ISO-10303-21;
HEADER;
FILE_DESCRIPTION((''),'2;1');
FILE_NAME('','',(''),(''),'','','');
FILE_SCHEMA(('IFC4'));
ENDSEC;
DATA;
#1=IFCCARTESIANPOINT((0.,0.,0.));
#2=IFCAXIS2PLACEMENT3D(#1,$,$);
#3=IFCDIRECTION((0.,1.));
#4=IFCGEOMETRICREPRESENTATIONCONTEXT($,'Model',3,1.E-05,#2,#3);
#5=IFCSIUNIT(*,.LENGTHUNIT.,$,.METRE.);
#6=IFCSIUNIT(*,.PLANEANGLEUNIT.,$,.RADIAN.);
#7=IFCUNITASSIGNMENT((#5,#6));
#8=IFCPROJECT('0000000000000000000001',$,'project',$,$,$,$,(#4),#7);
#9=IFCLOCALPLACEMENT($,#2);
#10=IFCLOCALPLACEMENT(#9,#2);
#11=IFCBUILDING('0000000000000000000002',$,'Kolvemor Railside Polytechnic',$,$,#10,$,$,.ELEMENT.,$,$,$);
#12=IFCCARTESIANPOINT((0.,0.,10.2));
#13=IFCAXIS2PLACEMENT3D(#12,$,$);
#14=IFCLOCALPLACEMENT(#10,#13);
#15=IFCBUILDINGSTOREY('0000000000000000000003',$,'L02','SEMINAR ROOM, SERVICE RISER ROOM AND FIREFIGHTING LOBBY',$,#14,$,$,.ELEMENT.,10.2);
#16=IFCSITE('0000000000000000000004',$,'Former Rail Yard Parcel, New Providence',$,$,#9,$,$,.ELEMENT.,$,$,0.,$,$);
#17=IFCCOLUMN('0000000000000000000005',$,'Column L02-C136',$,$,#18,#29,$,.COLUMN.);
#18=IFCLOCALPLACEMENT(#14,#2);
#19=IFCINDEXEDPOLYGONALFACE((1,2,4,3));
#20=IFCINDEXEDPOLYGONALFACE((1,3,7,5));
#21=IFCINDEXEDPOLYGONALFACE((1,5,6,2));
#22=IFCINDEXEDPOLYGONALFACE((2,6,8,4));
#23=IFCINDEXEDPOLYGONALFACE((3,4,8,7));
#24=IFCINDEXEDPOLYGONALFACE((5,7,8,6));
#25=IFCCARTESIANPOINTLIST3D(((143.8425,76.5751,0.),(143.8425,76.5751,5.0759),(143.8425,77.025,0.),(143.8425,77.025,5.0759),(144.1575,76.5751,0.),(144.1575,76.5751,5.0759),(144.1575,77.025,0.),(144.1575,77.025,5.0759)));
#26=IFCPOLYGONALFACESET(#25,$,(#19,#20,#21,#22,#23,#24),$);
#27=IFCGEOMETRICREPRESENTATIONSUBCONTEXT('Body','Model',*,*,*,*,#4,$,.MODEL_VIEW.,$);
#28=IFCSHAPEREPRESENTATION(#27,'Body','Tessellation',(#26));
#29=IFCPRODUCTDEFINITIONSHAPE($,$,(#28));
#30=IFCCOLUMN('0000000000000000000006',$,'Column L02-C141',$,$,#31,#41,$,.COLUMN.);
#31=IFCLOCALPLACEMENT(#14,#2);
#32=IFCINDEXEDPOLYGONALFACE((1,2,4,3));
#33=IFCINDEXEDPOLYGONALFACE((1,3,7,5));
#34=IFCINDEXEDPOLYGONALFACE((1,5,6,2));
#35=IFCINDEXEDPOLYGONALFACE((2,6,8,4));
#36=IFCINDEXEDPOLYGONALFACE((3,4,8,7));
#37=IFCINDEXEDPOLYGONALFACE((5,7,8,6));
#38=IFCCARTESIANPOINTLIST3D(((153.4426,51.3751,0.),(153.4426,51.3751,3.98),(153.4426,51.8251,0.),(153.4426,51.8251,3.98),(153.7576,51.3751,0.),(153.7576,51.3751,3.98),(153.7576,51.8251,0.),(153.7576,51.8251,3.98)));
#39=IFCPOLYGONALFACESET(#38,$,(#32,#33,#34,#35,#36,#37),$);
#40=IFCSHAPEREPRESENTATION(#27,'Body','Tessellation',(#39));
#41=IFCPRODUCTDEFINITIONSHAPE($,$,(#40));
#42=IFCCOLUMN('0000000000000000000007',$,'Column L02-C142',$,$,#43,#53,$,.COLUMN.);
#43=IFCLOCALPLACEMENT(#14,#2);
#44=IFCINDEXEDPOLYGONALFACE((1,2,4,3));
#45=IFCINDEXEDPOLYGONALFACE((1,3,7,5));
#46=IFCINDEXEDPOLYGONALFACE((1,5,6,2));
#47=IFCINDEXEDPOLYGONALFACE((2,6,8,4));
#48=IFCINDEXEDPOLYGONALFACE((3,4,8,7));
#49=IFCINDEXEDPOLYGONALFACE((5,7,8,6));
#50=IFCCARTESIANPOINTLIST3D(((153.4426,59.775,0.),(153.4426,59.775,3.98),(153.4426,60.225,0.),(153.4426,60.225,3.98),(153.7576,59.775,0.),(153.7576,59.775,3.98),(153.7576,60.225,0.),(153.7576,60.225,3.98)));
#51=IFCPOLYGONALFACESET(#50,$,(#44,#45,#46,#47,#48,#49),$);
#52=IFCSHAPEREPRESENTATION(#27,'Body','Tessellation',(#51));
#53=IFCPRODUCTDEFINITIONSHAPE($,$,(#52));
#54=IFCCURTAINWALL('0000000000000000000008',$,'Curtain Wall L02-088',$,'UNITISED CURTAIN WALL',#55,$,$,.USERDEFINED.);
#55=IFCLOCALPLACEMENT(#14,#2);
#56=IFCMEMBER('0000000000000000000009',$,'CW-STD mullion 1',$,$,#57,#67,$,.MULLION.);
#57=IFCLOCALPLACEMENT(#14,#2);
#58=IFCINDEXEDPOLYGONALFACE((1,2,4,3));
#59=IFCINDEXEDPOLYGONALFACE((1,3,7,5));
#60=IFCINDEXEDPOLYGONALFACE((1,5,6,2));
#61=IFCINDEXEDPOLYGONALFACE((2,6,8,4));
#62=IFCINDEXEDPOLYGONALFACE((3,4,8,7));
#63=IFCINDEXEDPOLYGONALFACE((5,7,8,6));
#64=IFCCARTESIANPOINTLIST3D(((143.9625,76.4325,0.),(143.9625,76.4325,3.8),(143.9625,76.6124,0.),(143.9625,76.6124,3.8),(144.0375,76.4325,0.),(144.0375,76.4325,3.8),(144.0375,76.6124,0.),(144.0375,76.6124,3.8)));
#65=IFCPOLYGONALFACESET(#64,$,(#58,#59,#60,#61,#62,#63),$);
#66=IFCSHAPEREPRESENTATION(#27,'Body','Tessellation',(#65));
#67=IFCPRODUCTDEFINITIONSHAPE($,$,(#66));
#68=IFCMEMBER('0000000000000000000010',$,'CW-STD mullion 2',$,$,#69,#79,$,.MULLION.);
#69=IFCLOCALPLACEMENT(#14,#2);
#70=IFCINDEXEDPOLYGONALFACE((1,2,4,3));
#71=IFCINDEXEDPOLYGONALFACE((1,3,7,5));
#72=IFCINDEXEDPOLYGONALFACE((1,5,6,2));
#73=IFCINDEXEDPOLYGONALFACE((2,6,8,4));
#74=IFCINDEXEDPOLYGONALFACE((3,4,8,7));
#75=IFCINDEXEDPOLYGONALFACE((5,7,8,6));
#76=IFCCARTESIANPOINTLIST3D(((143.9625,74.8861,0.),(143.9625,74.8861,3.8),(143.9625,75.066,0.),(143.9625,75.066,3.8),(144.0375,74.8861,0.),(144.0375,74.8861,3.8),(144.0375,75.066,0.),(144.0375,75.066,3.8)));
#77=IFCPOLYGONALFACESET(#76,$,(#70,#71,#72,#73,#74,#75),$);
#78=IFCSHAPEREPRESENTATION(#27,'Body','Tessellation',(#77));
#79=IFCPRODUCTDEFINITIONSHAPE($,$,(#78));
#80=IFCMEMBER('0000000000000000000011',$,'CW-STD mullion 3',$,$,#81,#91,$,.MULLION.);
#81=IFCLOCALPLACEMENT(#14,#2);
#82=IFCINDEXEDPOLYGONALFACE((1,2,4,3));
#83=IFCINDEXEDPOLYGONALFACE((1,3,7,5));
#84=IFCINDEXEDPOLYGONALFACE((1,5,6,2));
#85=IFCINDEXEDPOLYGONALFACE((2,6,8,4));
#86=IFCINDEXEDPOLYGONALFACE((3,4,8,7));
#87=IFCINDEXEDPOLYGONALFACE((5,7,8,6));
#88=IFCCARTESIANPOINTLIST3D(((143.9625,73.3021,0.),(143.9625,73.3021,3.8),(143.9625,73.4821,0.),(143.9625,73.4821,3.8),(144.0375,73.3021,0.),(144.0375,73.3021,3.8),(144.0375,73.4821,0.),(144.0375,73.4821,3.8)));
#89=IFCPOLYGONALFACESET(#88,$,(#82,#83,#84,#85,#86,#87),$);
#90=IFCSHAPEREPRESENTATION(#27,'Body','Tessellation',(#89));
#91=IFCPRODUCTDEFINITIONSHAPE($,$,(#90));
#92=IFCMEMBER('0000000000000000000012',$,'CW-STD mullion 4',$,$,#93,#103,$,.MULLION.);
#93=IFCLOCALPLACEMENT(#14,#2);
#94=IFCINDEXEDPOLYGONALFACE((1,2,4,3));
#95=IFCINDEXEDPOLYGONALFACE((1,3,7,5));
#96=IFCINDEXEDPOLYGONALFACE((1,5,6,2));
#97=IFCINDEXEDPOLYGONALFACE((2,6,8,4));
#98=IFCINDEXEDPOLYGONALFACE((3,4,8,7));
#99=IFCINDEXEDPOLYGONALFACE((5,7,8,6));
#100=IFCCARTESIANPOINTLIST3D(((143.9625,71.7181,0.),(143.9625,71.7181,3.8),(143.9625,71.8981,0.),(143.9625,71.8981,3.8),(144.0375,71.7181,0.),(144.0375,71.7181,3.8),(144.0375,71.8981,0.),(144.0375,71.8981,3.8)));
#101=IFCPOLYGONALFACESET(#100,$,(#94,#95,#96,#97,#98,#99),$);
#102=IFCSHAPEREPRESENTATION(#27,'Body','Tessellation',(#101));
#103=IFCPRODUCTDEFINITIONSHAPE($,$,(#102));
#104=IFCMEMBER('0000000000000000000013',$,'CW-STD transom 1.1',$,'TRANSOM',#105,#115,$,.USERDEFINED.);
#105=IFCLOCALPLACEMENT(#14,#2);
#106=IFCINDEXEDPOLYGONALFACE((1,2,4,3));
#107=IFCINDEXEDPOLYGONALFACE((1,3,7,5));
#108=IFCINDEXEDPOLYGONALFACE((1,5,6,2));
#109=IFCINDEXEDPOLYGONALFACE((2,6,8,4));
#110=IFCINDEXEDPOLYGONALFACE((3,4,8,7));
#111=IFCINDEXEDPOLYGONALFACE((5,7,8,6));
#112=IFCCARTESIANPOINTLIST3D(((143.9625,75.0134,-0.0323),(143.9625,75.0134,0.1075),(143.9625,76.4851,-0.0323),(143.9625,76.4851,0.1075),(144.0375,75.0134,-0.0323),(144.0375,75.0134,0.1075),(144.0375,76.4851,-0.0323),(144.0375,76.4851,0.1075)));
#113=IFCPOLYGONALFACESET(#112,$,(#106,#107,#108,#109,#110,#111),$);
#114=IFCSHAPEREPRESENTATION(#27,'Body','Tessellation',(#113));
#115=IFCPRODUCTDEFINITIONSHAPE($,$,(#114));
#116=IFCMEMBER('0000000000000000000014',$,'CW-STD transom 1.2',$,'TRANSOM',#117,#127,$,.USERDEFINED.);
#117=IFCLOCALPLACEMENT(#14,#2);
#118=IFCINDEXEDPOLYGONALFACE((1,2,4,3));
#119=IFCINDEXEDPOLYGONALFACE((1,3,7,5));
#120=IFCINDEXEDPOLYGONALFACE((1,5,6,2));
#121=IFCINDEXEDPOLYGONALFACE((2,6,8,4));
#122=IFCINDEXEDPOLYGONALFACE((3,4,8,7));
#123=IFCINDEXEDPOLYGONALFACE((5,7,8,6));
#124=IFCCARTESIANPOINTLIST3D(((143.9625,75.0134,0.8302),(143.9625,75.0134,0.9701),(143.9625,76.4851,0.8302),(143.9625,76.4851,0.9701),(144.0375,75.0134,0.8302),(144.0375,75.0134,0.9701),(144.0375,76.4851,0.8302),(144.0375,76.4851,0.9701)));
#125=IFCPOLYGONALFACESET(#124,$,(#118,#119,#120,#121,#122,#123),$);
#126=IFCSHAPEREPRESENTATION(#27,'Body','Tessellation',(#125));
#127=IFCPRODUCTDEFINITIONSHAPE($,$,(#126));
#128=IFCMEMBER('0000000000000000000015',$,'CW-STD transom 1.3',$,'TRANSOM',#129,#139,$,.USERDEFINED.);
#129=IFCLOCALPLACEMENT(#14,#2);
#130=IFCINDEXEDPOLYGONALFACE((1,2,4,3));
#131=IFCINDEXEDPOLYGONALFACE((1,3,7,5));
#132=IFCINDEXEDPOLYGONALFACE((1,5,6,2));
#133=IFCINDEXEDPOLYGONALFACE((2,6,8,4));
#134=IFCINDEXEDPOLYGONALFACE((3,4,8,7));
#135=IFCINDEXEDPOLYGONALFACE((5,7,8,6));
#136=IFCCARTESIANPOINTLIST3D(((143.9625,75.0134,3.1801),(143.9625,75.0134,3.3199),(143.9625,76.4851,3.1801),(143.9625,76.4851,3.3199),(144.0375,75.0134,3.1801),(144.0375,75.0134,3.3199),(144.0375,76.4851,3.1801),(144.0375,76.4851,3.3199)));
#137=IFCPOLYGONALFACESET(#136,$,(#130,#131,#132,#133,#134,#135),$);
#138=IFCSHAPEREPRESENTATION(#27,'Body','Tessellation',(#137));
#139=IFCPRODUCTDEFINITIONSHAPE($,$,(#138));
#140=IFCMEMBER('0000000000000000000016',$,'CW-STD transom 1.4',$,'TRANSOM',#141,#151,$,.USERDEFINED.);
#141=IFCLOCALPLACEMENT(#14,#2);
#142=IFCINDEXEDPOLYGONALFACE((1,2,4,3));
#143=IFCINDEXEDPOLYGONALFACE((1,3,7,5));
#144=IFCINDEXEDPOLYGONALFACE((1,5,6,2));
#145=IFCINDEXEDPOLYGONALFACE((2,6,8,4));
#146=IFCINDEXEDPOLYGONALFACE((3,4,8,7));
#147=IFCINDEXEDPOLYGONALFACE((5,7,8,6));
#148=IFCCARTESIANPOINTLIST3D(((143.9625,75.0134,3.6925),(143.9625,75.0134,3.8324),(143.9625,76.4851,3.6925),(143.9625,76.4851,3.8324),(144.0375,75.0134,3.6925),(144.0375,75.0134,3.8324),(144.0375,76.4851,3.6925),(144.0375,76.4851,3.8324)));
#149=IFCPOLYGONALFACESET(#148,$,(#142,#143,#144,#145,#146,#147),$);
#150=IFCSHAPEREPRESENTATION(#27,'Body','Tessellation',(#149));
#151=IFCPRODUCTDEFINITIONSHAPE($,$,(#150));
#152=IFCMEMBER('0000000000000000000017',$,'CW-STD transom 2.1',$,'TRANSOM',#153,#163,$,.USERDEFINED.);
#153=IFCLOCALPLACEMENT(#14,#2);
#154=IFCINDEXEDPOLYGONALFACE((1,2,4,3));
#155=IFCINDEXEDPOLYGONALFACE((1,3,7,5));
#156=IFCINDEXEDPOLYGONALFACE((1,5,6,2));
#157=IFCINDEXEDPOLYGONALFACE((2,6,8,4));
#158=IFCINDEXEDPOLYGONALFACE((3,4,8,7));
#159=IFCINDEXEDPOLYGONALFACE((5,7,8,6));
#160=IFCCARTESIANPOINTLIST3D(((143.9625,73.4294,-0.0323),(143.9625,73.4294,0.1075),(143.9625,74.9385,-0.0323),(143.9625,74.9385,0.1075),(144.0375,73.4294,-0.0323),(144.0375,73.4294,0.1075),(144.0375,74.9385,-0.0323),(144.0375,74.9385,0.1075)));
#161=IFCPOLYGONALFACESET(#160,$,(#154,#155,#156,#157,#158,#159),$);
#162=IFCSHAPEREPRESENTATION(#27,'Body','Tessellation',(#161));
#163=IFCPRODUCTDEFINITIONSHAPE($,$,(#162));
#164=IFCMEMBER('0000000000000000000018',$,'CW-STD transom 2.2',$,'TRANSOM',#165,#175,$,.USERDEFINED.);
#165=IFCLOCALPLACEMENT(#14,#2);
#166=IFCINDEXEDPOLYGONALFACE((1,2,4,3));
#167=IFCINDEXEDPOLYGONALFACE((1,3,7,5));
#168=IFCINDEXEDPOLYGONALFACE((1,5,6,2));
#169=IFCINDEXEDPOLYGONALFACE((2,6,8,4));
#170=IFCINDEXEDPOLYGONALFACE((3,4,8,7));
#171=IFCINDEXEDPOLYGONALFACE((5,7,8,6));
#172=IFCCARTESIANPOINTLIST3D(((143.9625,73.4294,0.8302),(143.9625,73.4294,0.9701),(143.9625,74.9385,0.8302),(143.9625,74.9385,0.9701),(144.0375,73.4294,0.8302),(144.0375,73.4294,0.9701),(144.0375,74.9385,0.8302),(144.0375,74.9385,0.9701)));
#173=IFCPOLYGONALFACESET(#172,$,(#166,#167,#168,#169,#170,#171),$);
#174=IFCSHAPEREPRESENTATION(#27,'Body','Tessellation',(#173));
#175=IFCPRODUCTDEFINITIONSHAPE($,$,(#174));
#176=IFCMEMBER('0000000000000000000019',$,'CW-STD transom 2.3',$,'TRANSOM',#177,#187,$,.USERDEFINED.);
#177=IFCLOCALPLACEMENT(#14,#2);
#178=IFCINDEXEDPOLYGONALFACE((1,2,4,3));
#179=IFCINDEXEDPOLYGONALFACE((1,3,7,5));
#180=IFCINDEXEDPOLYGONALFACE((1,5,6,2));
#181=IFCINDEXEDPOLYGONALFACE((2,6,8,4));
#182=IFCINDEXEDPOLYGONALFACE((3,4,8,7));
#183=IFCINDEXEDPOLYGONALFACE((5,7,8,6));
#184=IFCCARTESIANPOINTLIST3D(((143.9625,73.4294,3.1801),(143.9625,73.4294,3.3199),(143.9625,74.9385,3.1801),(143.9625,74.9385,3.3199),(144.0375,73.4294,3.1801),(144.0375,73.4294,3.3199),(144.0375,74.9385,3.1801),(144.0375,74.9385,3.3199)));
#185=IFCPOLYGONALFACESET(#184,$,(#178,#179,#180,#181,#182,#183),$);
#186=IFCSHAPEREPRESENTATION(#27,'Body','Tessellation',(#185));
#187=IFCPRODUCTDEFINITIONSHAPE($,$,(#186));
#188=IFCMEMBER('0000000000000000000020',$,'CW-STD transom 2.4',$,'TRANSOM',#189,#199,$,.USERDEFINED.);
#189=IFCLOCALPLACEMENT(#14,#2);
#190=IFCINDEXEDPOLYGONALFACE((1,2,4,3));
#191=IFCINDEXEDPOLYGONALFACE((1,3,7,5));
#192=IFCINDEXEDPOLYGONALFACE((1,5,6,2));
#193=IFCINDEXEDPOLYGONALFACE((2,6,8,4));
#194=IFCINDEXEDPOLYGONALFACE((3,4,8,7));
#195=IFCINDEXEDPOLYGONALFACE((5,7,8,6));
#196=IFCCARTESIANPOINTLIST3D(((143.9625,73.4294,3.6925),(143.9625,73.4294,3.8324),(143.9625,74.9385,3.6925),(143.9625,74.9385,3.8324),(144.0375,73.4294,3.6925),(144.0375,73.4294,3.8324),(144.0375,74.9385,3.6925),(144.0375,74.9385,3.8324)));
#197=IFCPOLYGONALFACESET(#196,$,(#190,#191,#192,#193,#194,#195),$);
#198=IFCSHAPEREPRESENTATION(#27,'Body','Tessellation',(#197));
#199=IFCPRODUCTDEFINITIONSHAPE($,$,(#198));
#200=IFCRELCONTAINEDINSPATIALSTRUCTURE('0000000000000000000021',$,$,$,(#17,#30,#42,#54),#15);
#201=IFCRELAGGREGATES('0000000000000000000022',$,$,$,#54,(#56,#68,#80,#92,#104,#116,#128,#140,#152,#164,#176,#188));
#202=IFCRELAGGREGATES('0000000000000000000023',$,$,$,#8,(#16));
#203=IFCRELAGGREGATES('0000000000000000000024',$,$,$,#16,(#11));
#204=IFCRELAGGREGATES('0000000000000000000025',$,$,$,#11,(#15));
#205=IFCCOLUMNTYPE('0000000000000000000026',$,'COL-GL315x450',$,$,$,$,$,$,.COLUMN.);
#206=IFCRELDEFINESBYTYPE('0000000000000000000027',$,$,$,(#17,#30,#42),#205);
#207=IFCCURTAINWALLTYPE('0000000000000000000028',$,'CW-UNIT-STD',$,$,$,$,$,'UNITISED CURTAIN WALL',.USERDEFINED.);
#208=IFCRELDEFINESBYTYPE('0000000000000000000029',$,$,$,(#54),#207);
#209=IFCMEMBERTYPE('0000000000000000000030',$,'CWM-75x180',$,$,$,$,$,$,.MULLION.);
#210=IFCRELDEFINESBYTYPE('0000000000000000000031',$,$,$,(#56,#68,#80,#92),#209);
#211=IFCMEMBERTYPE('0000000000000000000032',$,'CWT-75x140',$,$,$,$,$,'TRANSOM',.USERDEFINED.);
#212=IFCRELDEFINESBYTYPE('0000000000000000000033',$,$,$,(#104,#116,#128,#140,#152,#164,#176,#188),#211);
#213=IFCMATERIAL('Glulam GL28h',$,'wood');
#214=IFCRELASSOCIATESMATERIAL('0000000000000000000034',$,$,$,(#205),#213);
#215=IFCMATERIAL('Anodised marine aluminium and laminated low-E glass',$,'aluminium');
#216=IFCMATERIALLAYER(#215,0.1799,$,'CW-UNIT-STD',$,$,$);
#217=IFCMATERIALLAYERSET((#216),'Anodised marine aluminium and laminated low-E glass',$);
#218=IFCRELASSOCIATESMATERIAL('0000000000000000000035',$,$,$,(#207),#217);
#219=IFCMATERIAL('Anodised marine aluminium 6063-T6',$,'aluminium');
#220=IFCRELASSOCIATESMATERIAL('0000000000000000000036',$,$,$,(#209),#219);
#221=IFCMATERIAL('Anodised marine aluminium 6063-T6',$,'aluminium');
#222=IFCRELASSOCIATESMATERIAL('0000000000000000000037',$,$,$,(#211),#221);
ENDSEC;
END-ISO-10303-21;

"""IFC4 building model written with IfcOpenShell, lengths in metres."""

from ifc_helpers import new_model, si_unit, direction, frame, origin, origin_2d, place, context, subcontext, project, spatial, rectangle, extrude, material, layer, layer_set, material_profile, profile_set, type_object, element, aggregate, save


model = new_model("IFC4")

# Units and contexts
model_context = context("Model", 3, precision=1e-05, world=origin(), true_north=direction((0.0, 1.0)))
body_context = subcontext(model_context, "Body", "Model", "MODEL_VIEW")
ifc_project = project(units=[si_unit("LENGTHUNIT", "METRE"), si_unit("PLANEANGLEUNIT", "RADIAN")], contexts=[model_context])

# Site, building, storey
site_placement = place(None, origin())
site = spatial("IfcSite", under=ifc_project, at=site_placement, Name="Former Rail Yard Parcel, New Providence", CompositionType="ELEMENT", RefElevation=0.0)
building_placement = place(site_placement, origin())
building = spatial("IfcBuilding", under=site, at=building_placement, Name="Kolvemor Railside Polytechnic", CompositionType="ELEMENT")
storey_placement = place(building_placement, frame((0.0, 0.0, 10.2)))
storey = spatial("IfcBuildingStorey", under=building, at=storey_placement, Name="L02", Description="SEMINAR ROOM, SERVICE RISER ROOM AND FIREFIGHTING LOBBY", CompositionType="ELEMENT", Elevation=10.2)

# Columns
ifc_material_1 = material(Name="Glulam GL28h", Category="wood")
ifc_material_profile_1 = material_profile(ifc_material_1, rectangle(XDim=0.3149, YDim=0.45, at=origin_2d()), Name="GL315x450")
ifc_profile_set_1 = profile_set([ifc_material_profile_1], Name="Glulam GL28h")
column_type = type_object("IfcColumnType", Name="COL-GL315x450", PredefinedType="COLUMN", material=ifc_profile_set_1)
column_placement = place(storey_placement, frame((144.0, 76.8, 0.0), z_axis=(0.0, 0.0, 1.0), x_axis=(1.0, 0.0, 0.0)))
element("IfcColumn", 1, at=column_placement, inside=storey, type_object=column_type, Name="Column L02-C136", PredefinedType="COLUMN", context=body_context, shape_type="SweptSolid", body=[
    extrude(rectangle(XDim=0.3149, YDim=0.45, at=origin_2d()), origin(), (0.0, 0.0, 1.0), 5.0759),
])
for number, where, z_axis, x_axis, name in (
    (2, (153.6001, 51.6001, 0.0), (0.0, 0.0, 1.0), (1.0, 0.0, 0.0), "Column L02-C141"),
    (3, (153.6001, 60.0, 0.0), (0.0, 0.0, 1.0), (1.0, 0.0, 0.0), "Column L02-C142"),
):
    element("IfcColumn", number, at=place(storey_placement, frame(where, z_axis=z_axis, x_axis=x_axis)), inside=storey, type_object=column_type, Name=name, PredefinedType="COLUMN", context=body_context, shape_type="SweptSolid", body=[
        extrude(rectangle(XDim=0.3149, YDim=0.45, at=origin_2d()), origin(), (0.0, 0.0, 1.0), 3.98),
    ])

# Curtain wall, members
ifc_material_2 = material(Name="Anodised marine aluminium and laminated low-E glass", Category="aluminium")
ifc_layer_1 = layer(ifc_material_2, 0.1799, Name="CW-UNIT-STD")
ifc_layer_set_1 = layer_set([ifc_layer_1], Name="Anodised marine aluminium and laminated low-E glass")
curtain_wall_type = type_object("IfcCurtainWallType", Name="CW-UNIT-STD", ElementType="UNITISED CURTAIN WALL", PredefinedType="USERDEFINED", material=ifc_layer_set_1)
curtain_wall_placement = place(storey_placement, origin())
curtain_wall = element("IfcCurtainWall", 4, at=curtain_wall_placement, inside=storey, type_object=curtain_wall_type, Name="Curtain Wall L02-088", ObjectType="UNITISED CURTAIN WALL", PredefinedType="USERDEFINED")
ifc_material_3 = material(Name="Anodised marine aluminium 6063-T6", Category="aluminium")
ifc_material_profile_2 = material_profile(ifc_material_3, rectangle(XDim=0.075, YDim=0.1799, at=origin_2d()), Name="CW-MUL-75x180")
ifc_profile_set_2 = profile_set([ifc_material_profile_2], Name="Anodised marine aluminium 6063-T6")
member_type_1 = type_object("IfcMemberType", Name="CWM-75x180", PredefinedType="MULLION", material=ifc_profile_set_2)
member_1_placement = place(storey_placement, frame((144.0, 76.5225, 0.0), z_axis=(0.0, 0.0, 1.0), x_axis=(1.0, 0.0, 0.0)))
member_1 = element("IfcMember", 5, at=member_1_placement, type_object=member_type_1, Name="CW-STD mullion 1", PredefinedType="MULLION", context=body_context, shape_type="SweptSolid", body=[
    extrude(rectangle(XDim=0.075, YDim=0.1799, at=origin_2d()), origin(), (0.0, 0.0, 1.0), 3.8),
])
member_2_placement = place(storey_placement, frame((144.0, 74.9761, 0.0), z_axis=(0.0, 0.0, 1.0), x_axis=(1.0, 0.0, 0.0)))
member_2 = element("IfcMember", 6, at=member_2_placement, type_object=member_type_1, Name="CW-STD mullion 2", PredefinedType="MULLION", context=body_context, shape_type="SweptSolid", body=[
    extrude(rectangle(XDim=0.075, YDim=0.1799, at=origin_2d()), origin(), (0.0, 0.0, 1.0), 3.8),
])
member_3_placement = place(storey_placement, frame((144.0, 73.3921, 0.0), z_axis=(0.0, 0.0, 1.0), x_axis=(1.0, 0.0, 0.0)))
member_3 = element("IfcMember", 7, at=member_3_placement, type_object=member_type_1, Name="CW-STD mullion 3", PredefinedType="MULLION", context=body_context, shape_type="SweptSolid", body=[
    extrude(rectangle(XDim=0.075, YDim=0.1799, at=origin_2d()), origin(), (0.0, 0.0, 1.0), 3.8),
])
member_4_placement = place(storey_placement, frame((144.0, 71.8081, 0.0), z_axis=(0.0, 0.0, 1.0), x_axis=(1.0, 0.0, 0.0)))
member_4 = element("IfcMember", 8, at=member_4_placement, type_object=member_type_1, Name="CW-STD mullion 4", PredefinedType="MULLION", context=body_context, shape_type="SweptSolid", body=[
    extrude(rectangle(XDim=0.075, YDim=0.1799, at=origin_2d()), origin(), (0.0, 0.0, 1.0), 3.8),
])
ifc_material_4 = material(Name="Anodised marine aluminium 6063-T6", Category="aluminium")
ifc_material_profile_3 = material_profile(ifc_material_4, rectangle(XDim=0.075, YDim=0.1399, at=origin_2d()), Name="CW-TRN-75x140")
ifc_profile_set_3 = profile_set([ifc_material_profile_3], Name="Anodised marine aluminium 6063-T6")
member_type_2 = type_object("IfcMemberType", Name="CWT-75x140", ElementType="TRANSOM", PredefinedType="USERDEFINED", material=ifc_profile_set_3)
member_5_placement = place(storey_placement, frame((144.0, 76.4851, 0.0376), z_axis=(0.0, -1.0, 0.0), x_axis=(1.0, 0.0, 0.0)))
member_5 = element("IfcMember", 9, at=member_5_placement, type_object=member_type_2, Name="CW-STD transom 1.1", ObjectType="TRANSOM", PredefinedType="USERDEFINED", context=body_context, shape_type="SweptSolid", body=[
    extrude(rectangle(XDim=0.075, YDim=0.1399, at=origin_2d()), origin(), (0.0, 0.0, 1.0), 1.4717),
])
member_6_placement = place(storey_placement, frame((144.0, 76.4851, 0.9001), z_axis=(0.0, -1.0, 0.0), x_axis=(1.0, 0.0, 0.0)))
member_6 = element("IfcMember", 10, at=member_6_placement, type_object=member_type_2, Name="CW-STD transom 1.2", ObjectType="TRANSOM", PredefinedType="USERDEFINED", context=body_context, shape_type="SweptSolid", body=[
    extrude(rectangle(XDim=0.075, YDim=0.1399, at=origin_2d()), origin(), (0.0, 0.0, 1.0), 1.4717),
])
member_7_placement = place(storey_placement, frame((144.0, 76.4851, 3.25), z_axis=(0.0, -1.0, 0.0), x_axis=(1.0, 0.0, 0.0)))
member_7 = element("IfcMember", 11, at=member_7_placement, type_object=member_type_2, Name="CW-STD transom 1.3", ObjectType="TRANSOM", PredefinedType="USERDEFINED", context=body_context, shape_type="SweptSolid", body=[
    extrude(rectangle(XDim=0.075, YDim=0.1399, at=origin_2d()), origin(), (0.0, 0.0, 1.0), 1.4717),
])
member_8_placement = place(storey_placement, frame((144.0, 76.4851, 3.7625), z_axis=(0.0, -1.0, 0.0), x_axis=(1.0, 0.0, 0.0)))
member_8 = element("IfcMember", 12, at=member_8_placement, type_object=member_type_2, Name="CW-STD transom 1.4", ObjectType="TRANSOM", PredefinedType="USERDEFINED", context=body_context, shape_type="SweptSolid", body=[
    extrude(rectangle(XDim=0.075, YDim=0.1399, at=origin_2d()), origin(), (0.0, 0.0, 1.0), 1.4717),
])
member_9_placement = place(storey_placement, frame((144.0, 74.9385, 0.0376), z_axis=(0.0, -1.0, 0.0), x_axis=(1.0, 0.0, 0.0)))
member_9 = element("IfcMember", 13, at=member_9_placement, type_object=member_type_2, Name="CW-STD transom 2.1", ObjectType="TRANSOM", PredefinedType="USERDEFINED", context=body_context, shape_type="SweptSolid", body=[
    extrude(rectangle(XDim=0.075, YDim=0.1399, at=origin_2d()), origin(), (0.0, 0.0, 1.0), 1.509),
])
member_10_placement = place(storey_placement, frame((144.0, 74.9385, 0.9001), z_axis=(0.0, -1.0, 0.0), x_axis=(1.0, 0.0, 0.0)))
member_10 = element("IfcMember", 14, at=member_10_placement, type_object=member_type_2, Name="CW-STD transom 2.2", ObjectType="TRANSOM", PredefinedType="USERDEFINED", context=body_context, shape_type="SweptSolid", body=[
    extrude(rectangle(XDim=0.075, YDim=0.1399, at=origin_2d()), origin(), (0.0, 0.0, 1.0), 1.509),
])
member_11_placement = place(storey_placement, frame((144.0, 74.9385, 3.25), z_axis=(0.0, -1.0, 0.0), x_axis=(1.0, 0.0, 0.0)))
member_11 = element("IfcMember", 15, at=member_11_placement, type_object=member_type_2, Name="CW-STD transom 2.3", ObjectType="TRANSOM", PredefinedType="USERDEFINED", context=body_context, shape_type="SweptSolid", body=[
    extrude(rectangle(XDim=0.075, YDim=0.1399, at=origin_2d()), origin(), (0.0, 0.0, 1.0), 1.509),
])
member_12_placement = place(storey_placement, frame((144.0, 74.9385, 3.7625), z_axis=(0.0, -1.0, 0.0), x_axis=(1.0, 0.0, 0.0)))
member_12 = element("IfcMember", 16, at=member_12_placement, type_object=member_type_2, Name="CW-STD transom 2.4", ObjectType="TRANSOM", PredefinedType="USERDEFINED", context=body_context, shape_type="SweptSolid", body=[
    extrude(rectangle(XDim=0.075, YDim=0.1399, at=origin_2d()), origin(), (0.0, 0.0, 1.0), 1.509),
])
aggregate(curtain_wall, [member_1, member_2, member_3, member_4, member_5, member_6, member_7, member_8, member_9, member_10, member_11, member_12])

save(model, "model.ifc")
